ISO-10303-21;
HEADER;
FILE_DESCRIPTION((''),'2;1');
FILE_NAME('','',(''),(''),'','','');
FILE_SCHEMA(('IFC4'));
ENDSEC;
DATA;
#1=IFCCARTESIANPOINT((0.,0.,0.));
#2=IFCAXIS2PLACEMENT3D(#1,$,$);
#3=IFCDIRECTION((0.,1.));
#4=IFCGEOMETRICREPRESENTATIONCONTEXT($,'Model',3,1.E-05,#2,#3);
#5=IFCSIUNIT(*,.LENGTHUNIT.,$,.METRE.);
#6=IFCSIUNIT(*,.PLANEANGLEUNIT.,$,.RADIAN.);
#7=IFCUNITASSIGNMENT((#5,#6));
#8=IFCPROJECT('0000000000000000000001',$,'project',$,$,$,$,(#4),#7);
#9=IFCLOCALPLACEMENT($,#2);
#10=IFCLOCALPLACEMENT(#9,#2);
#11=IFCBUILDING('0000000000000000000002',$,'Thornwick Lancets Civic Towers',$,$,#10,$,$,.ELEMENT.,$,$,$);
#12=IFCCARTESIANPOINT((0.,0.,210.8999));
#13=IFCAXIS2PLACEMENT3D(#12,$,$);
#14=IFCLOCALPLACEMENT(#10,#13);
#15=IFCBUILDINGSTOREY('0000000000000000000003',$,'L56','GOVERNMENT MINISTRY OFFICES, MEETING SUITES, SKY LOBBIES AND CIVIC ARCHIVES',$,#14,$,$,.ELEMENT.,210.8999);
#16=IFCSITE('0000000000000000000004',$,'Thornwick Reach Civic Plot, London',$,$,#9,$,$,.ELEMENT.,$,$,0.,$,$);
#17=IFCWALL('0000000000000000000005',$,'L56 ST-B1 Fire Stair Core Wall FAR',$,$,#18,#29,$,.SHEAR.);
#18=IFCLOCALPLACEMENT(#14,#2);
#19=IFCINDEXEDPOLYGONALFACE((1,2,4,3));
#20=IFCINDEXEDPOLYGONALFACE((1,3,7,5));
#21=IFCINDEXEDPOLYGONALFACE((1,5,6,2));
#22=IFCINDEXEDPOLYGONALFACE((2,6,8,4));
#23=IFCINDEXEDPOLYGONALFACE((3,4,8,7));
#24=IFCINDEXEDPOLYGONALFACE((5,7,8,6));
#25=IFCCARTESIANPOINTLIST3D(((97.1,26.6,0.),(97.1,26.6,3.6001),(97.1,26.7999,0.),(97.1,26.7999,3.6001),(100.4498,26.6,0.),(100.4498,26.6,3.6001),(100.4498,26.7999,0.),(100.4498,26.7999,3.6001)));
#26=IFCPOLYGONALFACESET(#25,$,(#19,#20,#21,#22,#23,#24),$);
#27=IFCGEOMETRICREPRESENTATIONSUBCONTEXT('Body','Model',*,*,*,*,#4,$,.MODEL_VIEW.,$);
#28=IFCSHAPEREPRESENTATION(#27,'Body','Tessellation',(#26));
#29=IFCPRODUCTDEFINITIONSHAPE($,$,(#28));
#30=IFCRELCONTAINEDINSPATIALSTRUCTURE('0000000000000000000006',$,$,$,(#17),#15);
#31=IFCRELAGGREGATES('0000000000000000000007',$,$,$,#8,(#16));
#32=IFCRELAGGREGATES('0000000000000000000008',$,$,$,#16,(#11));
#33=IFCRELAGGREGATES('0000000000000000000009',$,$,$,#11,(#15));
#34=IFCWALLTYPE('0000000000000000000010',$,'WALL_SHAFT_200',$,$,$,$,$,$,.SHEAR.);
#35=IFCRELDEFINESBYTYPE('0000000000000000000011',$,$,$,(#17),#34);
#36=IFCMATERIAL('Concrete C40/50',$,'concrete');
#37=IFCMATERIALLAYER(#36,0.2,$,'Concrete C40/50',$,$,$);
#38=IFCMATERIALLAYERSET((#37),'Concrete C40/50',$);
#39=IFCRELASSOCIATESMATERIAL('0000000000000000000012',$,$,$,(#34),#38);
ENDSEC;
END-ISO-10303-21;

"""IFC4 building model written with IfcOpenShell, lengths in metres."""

from ifc_helpers import new_model, si_unit, direction, frame, frame_2d, origin, place, context, subcontext, project, spatial, rectangle, extrude, material, layer, layer_set, type_object, element, save


model = new_model("IFC4")

# Units and contexts
model_context = context("Model", 3, precision=1e-05, world=origin(), true_north=direction((0.0, 1.0)))
body_context = subcontext(model_context, "Body", "Model", "MODEL_VIEW")
ifc_project = project(units=[si_unit("LENGTHUNIT", "METRE"), si_unit("PLANEANGLEUNIT", "RADIAN")], contexts=[model_context])

# Site, building, storey
site_placement = place(None, origin())
site = spatial("IfcSite", under=ifc_project, at=site_placement, Name="Thornwick Reach Civic Plot, London", CompositionType="ELEMENT", RefElevation=0.0)
building_placement = place(site_placement, origin())
building = spatial("IfcBuilding", under=site, at=building_placement, Name="Thornwick Lancets Civic Towers", CompositionType="ELEMENT")
storey_placement = place(building_placement, frame((0.0, 0.0, 210.8999)))
storey = spatial("IfcBuildingStorey", under=building, at=storey_placement, Name="L56", Description="GOVERNMENT MINISTRY OFFICES, MEETING SUITES, SKY LOBBIES AND CIVIC ARCHIVES", CompositionType="ELEMENT", Elevation=210.8999)

# Wall
ifc_material_1 = material(Name="Concrete C40/50", Category="concrete")
ifc_layer_1 = layer(ifc_material_1, 0.2, Name="Concrete C40/50")
ifc_layer_set_1 = layer_set([ifc_layer_1], Name="Concrete C40/50")
wall_type_1 = type_object("IfcWallType", Name="WALL_SHAFT_200", PredefinedType="SHEAR", material=ifc_layer_set_1)
wall_1_placement = place(storey_placement, frame((97.1001, 26.7, 0.0), z_axis=(0.0, 0.0, 1.0), x_axis=(1.0, 0.0, 0.0)))
element("IfcWall", 1, at=wall_1_placement, inside=storey, type_object=wall_type_1, Name="L56 ST-B1 Fire Stair Core Wall FAR", PredefinedType="SHEAR", context=body_context, shape_type="SweptSolid", body=[
    extrude(rectangle(XDim=3.3499, YDim=0.2, at=frame_2d((1.6748, 0.0))), origin(), (0.0, 0.0, 1.0), 3.6001),
])

save(model, "model.ifc")
